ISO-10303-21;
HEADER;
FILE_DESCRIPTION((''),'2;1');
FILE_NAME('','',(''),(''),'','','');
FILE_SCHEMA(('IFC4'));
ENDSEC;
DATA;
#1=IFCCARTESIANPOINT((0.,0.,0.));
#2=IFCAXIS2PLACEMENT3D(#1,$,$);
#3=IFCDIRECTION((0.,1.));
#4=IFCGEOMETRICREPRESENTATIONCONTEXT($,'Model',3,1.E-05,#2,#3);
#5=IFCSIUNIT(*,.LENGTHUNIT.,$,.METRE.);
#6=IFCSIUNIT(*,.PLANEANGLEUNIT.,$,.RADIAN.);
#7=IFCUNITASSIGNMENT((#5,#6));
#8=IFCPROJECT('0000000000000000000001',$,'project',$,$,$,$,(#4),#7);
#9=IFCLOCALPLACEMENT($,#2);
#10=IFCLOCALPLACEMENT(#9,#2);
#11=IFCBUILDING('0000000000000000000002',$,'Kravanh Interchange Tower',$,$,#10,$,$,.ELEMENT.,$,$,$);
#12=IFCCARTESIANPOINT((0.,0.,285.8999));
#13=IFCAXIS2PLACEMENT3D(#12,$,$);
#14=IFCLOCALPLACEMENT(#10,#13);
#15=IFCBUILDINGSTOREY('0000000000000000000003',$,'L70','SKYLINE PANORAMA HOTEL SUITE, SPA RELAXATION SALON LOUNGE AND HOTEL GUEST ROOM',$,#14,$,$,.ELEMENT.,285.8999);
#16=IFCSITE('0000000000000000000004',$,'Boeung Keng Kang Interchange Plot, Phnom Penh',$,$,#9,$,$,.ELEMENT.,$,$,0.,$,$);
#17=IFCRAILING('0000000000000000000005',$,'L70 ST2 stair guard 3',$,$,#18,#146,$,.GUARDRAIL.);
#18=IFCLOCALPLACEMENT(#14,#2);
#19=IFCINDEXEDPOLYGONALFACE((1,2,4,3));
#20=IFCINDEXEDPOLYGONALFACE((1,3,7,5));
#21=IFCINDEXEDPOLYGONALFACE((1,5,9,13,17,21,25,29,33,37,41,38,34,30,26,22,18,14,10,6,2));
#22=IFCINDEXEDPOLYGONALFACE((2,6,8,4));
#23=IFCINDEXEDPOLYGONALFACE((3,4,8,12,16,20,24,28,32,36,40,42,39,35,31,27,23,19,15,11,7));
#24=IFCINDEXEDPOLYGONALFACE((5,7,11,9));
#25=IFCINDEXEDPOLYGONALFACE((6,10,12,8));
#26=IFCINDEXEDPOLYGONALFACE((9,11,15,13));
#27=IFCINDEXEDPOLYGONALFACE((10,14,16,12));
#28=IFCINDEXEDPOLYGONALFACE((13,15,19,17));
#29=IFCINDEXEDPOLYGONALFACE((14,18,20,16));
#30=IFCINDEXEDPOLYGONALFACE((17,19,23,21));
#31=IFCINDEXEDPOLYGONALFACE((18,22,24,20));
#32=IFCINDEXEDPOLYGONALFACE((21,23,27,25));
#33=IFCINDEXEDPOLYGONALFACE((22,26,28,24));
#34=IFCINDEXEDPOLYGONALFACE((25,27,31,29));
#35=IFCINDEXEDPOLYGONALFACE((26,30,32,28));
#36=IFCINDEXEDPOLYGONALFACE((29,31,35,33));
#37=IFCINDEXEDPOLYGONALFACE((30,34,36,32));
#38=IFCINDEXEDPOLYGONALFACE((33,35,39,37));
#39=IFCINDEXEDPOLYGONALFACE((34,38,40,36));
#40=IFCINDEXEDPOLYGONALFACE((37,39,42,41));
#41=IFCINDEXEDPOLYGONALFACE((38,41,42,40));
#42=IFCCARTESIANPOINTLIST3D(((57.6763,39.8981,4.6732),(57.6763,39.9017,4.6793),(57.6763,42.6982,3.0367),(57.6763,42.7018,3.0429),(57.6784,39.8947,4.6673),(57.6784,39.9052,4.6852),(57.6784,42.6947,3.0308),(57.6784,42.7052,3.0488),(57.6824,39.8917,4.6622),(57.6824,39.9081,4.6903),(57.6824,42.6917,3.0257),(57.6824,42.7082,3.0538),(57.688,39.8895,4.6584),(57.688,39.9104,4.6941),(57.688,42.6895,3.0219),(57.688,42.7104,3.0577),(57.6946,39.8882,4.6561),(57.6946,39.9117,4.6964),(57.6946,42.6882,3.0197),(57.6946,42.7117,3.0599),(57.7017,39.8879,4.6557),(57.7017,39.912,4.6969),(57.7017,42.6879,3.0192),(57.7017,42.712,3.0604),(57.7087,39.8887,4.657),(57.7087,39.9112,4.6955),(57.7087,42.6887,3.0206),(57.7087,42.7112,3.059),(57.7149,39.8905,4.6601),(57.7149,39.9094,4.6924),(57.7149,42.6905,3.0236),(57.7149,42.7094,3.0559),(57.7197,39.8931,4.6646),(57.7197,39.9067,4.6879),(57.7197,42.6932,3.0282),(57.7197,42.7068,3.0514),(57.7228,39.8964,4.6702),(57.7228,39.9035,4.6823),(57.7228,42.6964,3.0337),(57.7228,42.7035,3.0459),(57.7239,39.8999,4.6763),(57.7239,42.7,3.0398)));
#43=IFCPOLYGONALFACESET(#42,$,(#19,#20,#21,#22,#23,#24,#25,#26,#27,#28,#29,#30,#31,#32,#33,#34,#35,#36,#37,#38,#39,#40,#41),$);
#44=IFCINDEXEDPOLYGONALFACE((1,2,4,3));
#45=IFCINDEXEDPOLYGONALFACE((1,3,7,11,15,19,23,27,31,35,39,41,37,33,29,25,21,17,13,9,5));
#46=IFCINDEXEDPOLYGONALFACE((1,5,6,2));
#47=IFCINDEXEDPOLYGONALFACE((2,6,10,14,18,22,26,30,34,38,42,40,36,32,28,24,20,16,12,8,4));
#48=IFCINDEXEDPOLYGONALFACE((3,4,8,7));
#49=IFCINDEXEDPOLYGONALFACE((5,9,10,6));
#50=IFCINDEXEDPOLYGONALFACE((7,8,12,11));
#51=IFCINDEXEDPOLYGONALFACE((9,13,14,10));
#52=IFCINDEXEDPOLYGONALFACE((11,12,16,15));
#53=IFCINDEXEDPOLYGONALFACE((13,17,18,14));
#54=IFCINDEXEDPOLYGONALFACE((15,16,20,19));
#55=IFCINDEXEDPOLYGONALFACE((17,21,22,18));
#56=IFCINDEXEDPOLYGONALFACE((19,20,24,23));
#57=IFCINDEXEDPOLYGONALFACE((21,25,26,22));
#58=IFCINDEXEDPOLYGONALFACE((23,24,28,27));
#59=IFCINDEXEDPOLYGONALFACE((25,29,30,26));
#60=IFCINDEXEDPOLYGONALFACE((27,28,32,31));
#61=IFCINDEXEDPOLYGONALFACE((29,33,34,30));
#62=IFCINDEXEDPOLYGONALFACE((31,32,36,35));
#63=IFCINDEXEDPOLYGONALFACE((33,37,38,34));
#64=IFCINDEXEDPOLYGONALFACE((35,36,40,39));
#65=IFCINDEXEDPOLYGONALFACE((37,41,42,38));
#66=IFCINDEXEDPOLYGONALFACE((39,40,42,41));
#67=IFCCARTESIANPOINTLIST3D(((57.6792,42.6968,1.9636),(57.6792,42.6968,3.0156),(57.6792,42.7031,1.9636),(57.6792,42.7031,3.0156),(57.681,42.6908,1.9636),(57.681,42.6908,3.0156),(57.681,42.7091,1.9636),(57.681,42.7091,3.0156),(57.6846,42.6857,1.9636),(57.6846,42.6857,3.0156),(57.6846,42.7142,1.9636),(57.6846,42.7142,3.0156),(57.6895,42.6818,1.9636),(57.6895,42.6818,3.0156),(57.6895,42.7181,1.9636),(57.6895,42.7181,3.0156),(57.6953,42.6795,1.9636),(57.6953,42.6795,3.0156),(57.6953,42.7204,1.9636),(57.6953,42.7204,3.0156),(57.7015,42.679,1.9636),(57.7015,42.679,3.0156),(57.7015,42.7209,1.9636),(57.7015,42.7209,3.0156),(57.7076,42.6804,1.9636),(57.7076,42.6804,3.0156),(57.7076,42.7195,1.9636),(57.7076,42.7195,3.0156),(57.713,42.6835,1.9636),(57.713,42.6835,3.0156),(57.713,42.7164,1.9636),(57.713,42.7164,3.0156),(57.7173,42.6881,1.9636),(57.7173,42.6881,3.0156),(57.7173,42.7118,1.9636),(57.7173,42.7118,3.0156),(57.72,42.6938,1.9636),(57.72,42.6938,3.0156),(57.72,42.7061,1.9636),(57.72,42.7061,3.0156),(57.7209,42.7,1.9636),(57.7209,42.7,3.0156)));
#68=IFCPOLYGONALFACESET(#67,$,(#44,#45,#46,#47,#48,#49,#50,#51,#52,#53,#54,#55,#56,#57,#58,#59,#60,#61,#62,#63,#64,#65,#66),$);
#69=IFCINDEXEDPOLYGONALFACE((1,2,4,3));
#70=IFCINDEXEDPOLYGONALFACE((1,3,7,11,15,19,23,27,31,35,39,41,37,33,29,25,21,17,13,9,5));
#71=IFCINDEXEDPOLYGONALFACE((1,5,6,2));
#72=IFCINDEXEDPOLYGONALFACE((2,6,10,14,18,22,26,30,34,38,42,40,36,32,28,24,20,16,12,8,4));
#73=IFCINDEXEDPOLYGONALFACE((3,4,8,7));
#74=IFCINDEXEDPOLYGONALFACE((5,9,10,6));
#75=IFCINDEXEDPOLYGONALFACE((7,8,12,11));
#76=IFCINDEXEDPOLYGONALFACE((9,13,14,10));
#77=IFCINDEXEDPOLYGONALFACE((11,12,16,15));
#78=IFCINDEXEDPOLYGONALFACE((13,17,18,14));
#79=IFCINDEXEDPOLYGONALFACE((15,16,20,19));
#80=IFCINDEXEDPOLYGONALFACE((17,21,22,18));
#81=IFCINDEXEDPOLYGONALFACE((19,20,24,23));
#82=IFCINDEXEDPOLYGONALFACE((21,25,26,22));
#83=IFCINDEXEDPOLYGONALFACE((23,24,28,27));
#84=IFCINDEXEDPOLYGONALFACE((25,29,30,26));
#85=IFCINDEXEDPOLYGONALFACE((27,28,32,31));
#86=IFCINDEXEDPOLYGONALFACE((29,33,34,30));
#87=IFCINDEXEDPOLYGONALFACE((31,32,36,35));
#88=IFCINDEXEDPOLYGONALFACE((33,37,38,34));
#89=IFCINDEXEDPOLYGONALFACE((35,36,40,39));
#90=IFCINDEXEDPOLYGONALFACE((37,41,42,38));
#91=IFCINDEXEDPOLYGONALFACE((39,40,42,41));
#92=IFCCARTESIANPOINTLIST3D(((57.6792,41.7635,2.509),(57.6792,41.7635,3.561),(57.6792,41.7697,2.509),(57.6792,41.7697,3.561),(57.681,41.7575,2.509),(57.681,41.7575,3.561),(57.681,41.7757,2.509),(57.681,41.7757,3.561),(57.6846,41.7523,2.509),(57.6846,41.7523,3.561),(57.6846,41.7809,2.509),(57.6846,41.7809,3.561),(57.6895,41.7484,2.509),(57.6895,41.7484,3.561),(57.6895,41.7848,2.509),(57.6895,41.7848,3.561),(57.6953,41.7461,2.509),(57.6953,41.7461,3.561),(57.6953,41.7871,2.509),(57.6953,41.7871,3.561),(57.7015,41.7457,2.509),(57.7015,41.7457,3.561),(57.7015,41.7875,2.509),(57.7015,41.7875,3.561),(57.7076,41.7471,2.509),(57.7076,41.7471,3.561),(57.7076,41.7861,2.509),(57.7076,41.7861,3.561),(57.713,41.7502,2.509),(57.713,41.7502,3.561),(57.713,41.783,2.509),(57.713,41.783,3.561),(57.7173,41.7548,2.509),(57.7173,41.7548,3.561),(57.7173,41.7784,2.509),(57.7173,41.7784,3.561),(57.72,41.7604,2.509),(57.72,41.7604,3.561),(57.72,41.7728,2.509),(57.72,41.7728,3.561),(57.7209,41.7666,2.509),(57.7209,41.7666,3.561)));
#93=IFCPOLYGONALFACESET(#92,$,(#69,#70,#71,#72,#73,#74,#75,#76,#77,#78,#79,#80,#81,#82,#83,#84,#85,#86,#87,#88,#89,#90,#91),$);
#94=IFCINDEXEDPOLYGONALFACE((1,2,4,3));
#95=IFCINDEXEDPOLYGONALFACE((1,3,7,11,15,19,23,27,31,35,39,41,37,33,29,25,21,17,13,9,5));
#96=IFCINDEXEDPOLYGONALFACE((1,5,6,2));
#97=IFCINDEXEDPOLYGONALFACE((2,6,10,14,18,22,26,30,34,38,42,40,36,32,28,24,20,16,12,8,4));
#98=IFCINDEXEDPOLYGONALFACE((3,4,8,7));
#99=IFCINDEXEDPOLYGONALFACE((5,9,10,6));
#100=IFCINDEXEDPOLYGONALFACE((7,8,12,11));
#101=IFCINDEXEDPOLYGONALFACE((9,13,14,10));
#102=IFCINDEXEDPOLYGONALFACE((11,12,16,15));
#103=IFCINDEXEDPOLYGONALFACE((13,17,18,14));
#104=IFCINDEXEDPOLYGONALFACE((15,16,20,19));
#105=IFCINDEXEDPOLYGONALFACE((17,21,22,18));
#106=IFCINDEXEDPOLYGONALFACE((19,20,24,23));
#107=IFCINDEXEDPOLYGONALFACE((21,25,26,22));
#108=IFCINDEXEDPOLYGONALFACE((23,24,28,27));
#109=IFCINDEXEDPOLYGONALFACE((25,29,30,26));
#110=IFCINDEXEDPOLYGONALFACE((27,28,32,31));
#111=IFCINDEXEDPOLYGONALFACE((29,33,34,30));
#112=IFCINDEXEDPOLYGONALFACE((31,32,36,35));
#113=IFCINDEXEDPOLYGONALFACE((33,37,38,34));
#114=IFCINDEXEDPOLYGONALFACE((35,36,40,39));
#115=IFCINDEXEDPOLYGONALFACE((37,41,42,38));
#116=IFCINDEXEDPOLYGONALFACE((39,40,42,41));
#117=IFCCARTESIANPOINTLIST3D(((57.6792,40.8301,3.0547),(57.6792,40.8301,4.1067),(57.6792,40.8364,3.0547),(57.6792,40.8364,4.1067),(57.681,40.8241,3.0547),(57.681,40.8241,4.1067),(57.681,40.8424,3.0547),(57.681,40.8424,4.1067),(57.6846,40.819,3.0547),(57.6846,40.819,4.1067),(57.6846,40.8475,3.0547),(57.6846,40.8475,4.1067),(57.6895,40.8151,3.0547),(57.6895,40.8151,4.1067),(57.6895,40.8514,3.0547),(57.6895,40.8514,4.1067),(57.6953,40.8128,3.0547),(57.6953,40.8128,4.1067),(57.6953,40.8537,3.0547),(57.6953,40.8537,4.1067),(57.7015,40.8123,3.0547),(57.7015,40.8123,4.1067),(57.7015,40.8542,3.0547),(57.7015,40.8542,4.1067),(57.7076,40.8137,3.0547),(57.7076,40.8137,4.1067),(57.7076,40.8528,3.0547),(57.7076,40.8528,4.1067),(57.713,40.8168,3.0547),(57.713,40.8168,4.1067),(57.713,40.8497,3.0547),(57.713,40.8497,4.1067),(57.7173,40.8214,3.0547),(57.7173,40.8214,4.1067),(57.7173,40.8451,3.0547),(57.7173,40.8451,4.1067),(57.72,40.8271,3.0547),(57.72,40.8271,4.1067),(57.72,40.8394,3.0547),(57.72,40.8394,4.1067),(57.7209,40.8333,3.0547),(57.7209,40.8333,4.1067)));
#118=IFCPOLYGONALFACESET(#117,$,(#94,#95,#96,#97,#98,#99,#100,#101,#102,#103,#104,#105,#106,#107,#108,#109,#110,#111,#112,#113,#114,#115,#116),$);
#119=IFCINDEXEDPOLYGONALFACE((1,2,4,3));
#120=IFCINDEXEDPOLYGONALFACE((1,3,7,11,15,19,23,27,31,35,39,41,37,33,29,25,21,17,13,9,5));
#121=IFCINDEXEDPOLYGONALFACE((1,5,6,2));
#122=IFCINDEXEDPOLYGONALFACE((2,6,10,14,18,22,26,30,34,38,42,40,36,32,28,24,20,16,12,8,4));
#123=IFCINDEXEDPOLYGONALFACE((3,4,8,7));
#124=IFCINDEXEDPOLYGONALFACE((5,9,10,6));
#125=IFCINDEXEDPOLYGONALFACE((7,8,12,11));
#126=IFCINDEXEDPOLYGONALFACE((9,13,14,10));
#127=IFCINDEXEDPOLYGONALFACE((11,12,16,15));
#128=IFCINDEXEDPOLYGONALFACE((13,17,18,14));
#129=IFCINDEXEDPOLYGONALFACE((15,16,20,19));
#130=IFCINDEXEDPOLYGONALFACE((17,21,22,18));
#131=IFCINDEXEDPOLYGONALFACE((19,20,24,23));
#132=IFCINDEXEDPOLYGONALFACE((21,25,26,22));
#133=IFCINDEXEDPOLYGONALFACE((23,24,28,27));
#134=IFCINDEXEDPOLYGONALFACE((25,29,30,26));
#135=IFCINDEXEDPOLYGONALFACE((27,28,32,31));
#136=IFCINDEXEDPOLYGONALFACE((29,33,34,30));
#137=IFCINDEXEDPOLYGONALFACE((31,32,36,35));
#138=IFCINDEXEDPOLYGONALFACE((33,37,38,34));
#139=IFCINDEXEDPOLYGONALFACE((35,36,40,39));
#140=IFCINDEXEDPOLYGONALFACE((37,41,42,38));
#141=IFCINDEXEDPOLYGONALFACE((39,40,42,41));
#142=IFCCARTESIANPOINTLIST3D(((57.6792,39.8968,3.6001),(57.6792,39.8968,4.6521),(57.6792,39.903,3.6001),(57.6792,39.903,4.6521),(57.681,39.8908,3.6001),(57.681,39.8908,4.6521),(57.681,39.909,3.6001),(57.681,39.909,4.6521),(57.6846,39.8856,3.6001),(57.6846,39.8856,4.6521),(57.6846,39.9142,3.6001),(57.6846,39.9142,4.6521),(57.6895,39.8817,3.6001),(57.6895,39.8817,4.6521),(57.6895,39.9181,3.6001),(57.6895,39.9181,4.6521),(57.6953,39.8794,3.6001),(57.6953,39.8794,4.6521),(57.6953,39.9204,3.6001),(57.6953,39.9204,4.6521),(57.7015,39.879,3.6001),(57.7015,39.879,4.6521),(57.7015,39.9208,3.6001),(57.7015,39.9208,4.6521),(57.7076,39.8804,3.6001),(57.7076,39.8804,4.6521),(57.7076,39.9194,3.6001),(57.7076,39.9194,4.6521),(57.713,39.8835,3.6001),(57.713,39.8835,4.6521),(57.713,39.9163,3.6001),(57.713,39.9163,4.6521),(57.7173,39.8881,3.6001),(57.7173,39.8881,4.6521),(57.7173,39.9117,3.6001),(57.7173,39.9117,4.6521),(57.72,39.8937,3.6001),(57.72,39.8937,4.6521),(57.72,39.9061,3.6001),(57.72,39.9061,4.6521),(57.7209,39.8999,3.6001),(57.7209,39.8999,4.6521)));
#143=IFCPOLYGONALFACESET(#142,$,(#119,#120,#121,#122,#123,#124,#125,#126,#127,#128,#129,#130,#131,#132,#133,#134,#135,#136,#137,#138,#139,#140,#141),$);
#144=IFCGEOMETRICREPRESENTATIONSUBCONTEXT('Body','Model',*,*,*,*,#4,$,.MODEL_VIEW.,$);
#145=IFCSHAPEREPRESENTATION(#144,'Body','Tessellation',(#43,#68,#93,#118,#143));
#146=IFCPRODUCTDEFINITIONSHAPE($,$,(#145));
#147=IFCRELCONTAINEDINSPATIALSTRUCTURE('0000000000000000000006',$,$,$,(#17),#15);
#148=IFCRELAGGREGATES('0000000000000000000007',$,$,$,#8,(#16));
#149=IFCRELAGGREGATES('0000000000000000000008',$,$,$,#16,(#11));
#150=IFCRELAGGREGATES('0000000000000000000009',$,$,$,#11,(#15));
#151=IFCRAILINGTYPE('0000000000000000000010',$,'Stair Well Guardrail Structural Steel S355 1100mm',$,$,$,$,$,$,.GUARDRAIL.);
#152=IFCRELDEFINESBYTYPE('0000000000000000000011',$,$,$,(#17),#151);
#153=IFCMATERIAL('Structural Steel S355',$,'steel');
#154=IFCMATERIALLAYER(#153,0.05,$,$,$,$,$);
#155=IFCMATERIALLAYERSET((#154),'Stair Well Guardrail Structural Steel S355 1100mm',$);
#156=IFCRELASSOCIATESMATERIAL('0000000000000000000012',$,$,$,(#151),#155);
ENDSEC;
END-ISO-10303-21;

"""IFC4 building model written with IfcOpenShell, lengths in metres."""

from ifc_helpers import new_model, si_unit, direction, frame, origin, origin_2d, place, context, subcontext, project, spatial, circle, extrude, material, layer, layer_set, type_object, element, save


model = new_model("IFC4")

# Units and contexts
model_context = context("Model", 3, precision=1e-05, world=origin(), true_north=direction((0.0, 1.0)))
body_context = subcontext(model_context, "Body", "Model", "MODEL_VIEW")
ifc_project = project(units=[si_unit("LENGTHUNIT", "METRE"), si_unit("PLANEANGLEUNIT", "RADIAN")], contexts=[model_context])

# Site, building, storey
site_placement = place(None, origin())
site = spatial("IfcSite", under=ifc_project, at=site_placement, Name="Boeung Keng Kang Interchange Plot, Phnom Penh", CompositionType="ELEMENT", RefElevation=0.0)
building_placement = place(site_placement, origin())
building = spatial("IfcBuilding", under=site, at=building_placement, Name="Kravanh Interchange Tower", CompositionType="ELEMENT")
storey_placement = place(building_placement, frame((0.0, 0.0, 285.8999)))
storey = spatial("IfcBuildingStorey", under=building, at=storey_placement, Name="L70", Description="SKYLINE PANORAMA HOTEL SUITE, SPA RELAXATION SALON LOUNGE AND HOTEL GUEST ROOM", CompositionType="ELEMENT", Elevation=285.8999)

# Railing
ifc_material_1 = material(Name="Structural Steel S355", Category="steel")
ifc_layer_1 = layer(ifc_material_1, 0.05)
ifc_layer_set_1 = layer_set([ifc_layer_1], Name="Stair Well Guardrail Structural Steel S355 1100mm")
railing_type_1 = type_object("IfcRailingType", Name="Stair Well Guardrail Structural Steel S355 1100mm", PredefinedType="GUARDRAIL", material=ifc_layer_set_1)
railing_1_placement = place(storey_placement, frame((57.7, 42.7, 1.9636)))
element("IfcRailing", 1, at=railing_1_placement, inside=storey, type_object=railing_type_1, Name="L70 ST2 stair guard 3", PredefinedType="GUARDRAIL", context=body_context, shape_type="SweptSolid", body=[
    extrude(circle(Radius=0.0239, at=origin_2d()), frame((0.0, 0.0, 1.0762), z_axis=(0.0, -0.863361, 0.504587), x_axis=(1.0, 0.0, 0.0)), (0.0, 0.0, 1.0), 3.2432),
    extrude(circle(Radius=0.021, at=origin_2d()), origin(), (0.0, 0.0, 1.0), 1.052),
    extrude(circle(Radius=0.021, at=origin_2d()), frame((0.0, -0.9333, 0.5454)), (0.0, 0.0, 1.0), 1.052),
    extrude(circle(Radius=0.021, at=origin_2d()), frame((0.0, -1.8667, 1.0911)), (0.0, 0.0, 1.0), 1.052),
    extrude(circle(Radius=0.021, at=origin_2d()), frame((0.0, -2.8, 1.6365)), (0.0, 0.0, 1.0), 1.052),
])

save(model, "model.ifc")
